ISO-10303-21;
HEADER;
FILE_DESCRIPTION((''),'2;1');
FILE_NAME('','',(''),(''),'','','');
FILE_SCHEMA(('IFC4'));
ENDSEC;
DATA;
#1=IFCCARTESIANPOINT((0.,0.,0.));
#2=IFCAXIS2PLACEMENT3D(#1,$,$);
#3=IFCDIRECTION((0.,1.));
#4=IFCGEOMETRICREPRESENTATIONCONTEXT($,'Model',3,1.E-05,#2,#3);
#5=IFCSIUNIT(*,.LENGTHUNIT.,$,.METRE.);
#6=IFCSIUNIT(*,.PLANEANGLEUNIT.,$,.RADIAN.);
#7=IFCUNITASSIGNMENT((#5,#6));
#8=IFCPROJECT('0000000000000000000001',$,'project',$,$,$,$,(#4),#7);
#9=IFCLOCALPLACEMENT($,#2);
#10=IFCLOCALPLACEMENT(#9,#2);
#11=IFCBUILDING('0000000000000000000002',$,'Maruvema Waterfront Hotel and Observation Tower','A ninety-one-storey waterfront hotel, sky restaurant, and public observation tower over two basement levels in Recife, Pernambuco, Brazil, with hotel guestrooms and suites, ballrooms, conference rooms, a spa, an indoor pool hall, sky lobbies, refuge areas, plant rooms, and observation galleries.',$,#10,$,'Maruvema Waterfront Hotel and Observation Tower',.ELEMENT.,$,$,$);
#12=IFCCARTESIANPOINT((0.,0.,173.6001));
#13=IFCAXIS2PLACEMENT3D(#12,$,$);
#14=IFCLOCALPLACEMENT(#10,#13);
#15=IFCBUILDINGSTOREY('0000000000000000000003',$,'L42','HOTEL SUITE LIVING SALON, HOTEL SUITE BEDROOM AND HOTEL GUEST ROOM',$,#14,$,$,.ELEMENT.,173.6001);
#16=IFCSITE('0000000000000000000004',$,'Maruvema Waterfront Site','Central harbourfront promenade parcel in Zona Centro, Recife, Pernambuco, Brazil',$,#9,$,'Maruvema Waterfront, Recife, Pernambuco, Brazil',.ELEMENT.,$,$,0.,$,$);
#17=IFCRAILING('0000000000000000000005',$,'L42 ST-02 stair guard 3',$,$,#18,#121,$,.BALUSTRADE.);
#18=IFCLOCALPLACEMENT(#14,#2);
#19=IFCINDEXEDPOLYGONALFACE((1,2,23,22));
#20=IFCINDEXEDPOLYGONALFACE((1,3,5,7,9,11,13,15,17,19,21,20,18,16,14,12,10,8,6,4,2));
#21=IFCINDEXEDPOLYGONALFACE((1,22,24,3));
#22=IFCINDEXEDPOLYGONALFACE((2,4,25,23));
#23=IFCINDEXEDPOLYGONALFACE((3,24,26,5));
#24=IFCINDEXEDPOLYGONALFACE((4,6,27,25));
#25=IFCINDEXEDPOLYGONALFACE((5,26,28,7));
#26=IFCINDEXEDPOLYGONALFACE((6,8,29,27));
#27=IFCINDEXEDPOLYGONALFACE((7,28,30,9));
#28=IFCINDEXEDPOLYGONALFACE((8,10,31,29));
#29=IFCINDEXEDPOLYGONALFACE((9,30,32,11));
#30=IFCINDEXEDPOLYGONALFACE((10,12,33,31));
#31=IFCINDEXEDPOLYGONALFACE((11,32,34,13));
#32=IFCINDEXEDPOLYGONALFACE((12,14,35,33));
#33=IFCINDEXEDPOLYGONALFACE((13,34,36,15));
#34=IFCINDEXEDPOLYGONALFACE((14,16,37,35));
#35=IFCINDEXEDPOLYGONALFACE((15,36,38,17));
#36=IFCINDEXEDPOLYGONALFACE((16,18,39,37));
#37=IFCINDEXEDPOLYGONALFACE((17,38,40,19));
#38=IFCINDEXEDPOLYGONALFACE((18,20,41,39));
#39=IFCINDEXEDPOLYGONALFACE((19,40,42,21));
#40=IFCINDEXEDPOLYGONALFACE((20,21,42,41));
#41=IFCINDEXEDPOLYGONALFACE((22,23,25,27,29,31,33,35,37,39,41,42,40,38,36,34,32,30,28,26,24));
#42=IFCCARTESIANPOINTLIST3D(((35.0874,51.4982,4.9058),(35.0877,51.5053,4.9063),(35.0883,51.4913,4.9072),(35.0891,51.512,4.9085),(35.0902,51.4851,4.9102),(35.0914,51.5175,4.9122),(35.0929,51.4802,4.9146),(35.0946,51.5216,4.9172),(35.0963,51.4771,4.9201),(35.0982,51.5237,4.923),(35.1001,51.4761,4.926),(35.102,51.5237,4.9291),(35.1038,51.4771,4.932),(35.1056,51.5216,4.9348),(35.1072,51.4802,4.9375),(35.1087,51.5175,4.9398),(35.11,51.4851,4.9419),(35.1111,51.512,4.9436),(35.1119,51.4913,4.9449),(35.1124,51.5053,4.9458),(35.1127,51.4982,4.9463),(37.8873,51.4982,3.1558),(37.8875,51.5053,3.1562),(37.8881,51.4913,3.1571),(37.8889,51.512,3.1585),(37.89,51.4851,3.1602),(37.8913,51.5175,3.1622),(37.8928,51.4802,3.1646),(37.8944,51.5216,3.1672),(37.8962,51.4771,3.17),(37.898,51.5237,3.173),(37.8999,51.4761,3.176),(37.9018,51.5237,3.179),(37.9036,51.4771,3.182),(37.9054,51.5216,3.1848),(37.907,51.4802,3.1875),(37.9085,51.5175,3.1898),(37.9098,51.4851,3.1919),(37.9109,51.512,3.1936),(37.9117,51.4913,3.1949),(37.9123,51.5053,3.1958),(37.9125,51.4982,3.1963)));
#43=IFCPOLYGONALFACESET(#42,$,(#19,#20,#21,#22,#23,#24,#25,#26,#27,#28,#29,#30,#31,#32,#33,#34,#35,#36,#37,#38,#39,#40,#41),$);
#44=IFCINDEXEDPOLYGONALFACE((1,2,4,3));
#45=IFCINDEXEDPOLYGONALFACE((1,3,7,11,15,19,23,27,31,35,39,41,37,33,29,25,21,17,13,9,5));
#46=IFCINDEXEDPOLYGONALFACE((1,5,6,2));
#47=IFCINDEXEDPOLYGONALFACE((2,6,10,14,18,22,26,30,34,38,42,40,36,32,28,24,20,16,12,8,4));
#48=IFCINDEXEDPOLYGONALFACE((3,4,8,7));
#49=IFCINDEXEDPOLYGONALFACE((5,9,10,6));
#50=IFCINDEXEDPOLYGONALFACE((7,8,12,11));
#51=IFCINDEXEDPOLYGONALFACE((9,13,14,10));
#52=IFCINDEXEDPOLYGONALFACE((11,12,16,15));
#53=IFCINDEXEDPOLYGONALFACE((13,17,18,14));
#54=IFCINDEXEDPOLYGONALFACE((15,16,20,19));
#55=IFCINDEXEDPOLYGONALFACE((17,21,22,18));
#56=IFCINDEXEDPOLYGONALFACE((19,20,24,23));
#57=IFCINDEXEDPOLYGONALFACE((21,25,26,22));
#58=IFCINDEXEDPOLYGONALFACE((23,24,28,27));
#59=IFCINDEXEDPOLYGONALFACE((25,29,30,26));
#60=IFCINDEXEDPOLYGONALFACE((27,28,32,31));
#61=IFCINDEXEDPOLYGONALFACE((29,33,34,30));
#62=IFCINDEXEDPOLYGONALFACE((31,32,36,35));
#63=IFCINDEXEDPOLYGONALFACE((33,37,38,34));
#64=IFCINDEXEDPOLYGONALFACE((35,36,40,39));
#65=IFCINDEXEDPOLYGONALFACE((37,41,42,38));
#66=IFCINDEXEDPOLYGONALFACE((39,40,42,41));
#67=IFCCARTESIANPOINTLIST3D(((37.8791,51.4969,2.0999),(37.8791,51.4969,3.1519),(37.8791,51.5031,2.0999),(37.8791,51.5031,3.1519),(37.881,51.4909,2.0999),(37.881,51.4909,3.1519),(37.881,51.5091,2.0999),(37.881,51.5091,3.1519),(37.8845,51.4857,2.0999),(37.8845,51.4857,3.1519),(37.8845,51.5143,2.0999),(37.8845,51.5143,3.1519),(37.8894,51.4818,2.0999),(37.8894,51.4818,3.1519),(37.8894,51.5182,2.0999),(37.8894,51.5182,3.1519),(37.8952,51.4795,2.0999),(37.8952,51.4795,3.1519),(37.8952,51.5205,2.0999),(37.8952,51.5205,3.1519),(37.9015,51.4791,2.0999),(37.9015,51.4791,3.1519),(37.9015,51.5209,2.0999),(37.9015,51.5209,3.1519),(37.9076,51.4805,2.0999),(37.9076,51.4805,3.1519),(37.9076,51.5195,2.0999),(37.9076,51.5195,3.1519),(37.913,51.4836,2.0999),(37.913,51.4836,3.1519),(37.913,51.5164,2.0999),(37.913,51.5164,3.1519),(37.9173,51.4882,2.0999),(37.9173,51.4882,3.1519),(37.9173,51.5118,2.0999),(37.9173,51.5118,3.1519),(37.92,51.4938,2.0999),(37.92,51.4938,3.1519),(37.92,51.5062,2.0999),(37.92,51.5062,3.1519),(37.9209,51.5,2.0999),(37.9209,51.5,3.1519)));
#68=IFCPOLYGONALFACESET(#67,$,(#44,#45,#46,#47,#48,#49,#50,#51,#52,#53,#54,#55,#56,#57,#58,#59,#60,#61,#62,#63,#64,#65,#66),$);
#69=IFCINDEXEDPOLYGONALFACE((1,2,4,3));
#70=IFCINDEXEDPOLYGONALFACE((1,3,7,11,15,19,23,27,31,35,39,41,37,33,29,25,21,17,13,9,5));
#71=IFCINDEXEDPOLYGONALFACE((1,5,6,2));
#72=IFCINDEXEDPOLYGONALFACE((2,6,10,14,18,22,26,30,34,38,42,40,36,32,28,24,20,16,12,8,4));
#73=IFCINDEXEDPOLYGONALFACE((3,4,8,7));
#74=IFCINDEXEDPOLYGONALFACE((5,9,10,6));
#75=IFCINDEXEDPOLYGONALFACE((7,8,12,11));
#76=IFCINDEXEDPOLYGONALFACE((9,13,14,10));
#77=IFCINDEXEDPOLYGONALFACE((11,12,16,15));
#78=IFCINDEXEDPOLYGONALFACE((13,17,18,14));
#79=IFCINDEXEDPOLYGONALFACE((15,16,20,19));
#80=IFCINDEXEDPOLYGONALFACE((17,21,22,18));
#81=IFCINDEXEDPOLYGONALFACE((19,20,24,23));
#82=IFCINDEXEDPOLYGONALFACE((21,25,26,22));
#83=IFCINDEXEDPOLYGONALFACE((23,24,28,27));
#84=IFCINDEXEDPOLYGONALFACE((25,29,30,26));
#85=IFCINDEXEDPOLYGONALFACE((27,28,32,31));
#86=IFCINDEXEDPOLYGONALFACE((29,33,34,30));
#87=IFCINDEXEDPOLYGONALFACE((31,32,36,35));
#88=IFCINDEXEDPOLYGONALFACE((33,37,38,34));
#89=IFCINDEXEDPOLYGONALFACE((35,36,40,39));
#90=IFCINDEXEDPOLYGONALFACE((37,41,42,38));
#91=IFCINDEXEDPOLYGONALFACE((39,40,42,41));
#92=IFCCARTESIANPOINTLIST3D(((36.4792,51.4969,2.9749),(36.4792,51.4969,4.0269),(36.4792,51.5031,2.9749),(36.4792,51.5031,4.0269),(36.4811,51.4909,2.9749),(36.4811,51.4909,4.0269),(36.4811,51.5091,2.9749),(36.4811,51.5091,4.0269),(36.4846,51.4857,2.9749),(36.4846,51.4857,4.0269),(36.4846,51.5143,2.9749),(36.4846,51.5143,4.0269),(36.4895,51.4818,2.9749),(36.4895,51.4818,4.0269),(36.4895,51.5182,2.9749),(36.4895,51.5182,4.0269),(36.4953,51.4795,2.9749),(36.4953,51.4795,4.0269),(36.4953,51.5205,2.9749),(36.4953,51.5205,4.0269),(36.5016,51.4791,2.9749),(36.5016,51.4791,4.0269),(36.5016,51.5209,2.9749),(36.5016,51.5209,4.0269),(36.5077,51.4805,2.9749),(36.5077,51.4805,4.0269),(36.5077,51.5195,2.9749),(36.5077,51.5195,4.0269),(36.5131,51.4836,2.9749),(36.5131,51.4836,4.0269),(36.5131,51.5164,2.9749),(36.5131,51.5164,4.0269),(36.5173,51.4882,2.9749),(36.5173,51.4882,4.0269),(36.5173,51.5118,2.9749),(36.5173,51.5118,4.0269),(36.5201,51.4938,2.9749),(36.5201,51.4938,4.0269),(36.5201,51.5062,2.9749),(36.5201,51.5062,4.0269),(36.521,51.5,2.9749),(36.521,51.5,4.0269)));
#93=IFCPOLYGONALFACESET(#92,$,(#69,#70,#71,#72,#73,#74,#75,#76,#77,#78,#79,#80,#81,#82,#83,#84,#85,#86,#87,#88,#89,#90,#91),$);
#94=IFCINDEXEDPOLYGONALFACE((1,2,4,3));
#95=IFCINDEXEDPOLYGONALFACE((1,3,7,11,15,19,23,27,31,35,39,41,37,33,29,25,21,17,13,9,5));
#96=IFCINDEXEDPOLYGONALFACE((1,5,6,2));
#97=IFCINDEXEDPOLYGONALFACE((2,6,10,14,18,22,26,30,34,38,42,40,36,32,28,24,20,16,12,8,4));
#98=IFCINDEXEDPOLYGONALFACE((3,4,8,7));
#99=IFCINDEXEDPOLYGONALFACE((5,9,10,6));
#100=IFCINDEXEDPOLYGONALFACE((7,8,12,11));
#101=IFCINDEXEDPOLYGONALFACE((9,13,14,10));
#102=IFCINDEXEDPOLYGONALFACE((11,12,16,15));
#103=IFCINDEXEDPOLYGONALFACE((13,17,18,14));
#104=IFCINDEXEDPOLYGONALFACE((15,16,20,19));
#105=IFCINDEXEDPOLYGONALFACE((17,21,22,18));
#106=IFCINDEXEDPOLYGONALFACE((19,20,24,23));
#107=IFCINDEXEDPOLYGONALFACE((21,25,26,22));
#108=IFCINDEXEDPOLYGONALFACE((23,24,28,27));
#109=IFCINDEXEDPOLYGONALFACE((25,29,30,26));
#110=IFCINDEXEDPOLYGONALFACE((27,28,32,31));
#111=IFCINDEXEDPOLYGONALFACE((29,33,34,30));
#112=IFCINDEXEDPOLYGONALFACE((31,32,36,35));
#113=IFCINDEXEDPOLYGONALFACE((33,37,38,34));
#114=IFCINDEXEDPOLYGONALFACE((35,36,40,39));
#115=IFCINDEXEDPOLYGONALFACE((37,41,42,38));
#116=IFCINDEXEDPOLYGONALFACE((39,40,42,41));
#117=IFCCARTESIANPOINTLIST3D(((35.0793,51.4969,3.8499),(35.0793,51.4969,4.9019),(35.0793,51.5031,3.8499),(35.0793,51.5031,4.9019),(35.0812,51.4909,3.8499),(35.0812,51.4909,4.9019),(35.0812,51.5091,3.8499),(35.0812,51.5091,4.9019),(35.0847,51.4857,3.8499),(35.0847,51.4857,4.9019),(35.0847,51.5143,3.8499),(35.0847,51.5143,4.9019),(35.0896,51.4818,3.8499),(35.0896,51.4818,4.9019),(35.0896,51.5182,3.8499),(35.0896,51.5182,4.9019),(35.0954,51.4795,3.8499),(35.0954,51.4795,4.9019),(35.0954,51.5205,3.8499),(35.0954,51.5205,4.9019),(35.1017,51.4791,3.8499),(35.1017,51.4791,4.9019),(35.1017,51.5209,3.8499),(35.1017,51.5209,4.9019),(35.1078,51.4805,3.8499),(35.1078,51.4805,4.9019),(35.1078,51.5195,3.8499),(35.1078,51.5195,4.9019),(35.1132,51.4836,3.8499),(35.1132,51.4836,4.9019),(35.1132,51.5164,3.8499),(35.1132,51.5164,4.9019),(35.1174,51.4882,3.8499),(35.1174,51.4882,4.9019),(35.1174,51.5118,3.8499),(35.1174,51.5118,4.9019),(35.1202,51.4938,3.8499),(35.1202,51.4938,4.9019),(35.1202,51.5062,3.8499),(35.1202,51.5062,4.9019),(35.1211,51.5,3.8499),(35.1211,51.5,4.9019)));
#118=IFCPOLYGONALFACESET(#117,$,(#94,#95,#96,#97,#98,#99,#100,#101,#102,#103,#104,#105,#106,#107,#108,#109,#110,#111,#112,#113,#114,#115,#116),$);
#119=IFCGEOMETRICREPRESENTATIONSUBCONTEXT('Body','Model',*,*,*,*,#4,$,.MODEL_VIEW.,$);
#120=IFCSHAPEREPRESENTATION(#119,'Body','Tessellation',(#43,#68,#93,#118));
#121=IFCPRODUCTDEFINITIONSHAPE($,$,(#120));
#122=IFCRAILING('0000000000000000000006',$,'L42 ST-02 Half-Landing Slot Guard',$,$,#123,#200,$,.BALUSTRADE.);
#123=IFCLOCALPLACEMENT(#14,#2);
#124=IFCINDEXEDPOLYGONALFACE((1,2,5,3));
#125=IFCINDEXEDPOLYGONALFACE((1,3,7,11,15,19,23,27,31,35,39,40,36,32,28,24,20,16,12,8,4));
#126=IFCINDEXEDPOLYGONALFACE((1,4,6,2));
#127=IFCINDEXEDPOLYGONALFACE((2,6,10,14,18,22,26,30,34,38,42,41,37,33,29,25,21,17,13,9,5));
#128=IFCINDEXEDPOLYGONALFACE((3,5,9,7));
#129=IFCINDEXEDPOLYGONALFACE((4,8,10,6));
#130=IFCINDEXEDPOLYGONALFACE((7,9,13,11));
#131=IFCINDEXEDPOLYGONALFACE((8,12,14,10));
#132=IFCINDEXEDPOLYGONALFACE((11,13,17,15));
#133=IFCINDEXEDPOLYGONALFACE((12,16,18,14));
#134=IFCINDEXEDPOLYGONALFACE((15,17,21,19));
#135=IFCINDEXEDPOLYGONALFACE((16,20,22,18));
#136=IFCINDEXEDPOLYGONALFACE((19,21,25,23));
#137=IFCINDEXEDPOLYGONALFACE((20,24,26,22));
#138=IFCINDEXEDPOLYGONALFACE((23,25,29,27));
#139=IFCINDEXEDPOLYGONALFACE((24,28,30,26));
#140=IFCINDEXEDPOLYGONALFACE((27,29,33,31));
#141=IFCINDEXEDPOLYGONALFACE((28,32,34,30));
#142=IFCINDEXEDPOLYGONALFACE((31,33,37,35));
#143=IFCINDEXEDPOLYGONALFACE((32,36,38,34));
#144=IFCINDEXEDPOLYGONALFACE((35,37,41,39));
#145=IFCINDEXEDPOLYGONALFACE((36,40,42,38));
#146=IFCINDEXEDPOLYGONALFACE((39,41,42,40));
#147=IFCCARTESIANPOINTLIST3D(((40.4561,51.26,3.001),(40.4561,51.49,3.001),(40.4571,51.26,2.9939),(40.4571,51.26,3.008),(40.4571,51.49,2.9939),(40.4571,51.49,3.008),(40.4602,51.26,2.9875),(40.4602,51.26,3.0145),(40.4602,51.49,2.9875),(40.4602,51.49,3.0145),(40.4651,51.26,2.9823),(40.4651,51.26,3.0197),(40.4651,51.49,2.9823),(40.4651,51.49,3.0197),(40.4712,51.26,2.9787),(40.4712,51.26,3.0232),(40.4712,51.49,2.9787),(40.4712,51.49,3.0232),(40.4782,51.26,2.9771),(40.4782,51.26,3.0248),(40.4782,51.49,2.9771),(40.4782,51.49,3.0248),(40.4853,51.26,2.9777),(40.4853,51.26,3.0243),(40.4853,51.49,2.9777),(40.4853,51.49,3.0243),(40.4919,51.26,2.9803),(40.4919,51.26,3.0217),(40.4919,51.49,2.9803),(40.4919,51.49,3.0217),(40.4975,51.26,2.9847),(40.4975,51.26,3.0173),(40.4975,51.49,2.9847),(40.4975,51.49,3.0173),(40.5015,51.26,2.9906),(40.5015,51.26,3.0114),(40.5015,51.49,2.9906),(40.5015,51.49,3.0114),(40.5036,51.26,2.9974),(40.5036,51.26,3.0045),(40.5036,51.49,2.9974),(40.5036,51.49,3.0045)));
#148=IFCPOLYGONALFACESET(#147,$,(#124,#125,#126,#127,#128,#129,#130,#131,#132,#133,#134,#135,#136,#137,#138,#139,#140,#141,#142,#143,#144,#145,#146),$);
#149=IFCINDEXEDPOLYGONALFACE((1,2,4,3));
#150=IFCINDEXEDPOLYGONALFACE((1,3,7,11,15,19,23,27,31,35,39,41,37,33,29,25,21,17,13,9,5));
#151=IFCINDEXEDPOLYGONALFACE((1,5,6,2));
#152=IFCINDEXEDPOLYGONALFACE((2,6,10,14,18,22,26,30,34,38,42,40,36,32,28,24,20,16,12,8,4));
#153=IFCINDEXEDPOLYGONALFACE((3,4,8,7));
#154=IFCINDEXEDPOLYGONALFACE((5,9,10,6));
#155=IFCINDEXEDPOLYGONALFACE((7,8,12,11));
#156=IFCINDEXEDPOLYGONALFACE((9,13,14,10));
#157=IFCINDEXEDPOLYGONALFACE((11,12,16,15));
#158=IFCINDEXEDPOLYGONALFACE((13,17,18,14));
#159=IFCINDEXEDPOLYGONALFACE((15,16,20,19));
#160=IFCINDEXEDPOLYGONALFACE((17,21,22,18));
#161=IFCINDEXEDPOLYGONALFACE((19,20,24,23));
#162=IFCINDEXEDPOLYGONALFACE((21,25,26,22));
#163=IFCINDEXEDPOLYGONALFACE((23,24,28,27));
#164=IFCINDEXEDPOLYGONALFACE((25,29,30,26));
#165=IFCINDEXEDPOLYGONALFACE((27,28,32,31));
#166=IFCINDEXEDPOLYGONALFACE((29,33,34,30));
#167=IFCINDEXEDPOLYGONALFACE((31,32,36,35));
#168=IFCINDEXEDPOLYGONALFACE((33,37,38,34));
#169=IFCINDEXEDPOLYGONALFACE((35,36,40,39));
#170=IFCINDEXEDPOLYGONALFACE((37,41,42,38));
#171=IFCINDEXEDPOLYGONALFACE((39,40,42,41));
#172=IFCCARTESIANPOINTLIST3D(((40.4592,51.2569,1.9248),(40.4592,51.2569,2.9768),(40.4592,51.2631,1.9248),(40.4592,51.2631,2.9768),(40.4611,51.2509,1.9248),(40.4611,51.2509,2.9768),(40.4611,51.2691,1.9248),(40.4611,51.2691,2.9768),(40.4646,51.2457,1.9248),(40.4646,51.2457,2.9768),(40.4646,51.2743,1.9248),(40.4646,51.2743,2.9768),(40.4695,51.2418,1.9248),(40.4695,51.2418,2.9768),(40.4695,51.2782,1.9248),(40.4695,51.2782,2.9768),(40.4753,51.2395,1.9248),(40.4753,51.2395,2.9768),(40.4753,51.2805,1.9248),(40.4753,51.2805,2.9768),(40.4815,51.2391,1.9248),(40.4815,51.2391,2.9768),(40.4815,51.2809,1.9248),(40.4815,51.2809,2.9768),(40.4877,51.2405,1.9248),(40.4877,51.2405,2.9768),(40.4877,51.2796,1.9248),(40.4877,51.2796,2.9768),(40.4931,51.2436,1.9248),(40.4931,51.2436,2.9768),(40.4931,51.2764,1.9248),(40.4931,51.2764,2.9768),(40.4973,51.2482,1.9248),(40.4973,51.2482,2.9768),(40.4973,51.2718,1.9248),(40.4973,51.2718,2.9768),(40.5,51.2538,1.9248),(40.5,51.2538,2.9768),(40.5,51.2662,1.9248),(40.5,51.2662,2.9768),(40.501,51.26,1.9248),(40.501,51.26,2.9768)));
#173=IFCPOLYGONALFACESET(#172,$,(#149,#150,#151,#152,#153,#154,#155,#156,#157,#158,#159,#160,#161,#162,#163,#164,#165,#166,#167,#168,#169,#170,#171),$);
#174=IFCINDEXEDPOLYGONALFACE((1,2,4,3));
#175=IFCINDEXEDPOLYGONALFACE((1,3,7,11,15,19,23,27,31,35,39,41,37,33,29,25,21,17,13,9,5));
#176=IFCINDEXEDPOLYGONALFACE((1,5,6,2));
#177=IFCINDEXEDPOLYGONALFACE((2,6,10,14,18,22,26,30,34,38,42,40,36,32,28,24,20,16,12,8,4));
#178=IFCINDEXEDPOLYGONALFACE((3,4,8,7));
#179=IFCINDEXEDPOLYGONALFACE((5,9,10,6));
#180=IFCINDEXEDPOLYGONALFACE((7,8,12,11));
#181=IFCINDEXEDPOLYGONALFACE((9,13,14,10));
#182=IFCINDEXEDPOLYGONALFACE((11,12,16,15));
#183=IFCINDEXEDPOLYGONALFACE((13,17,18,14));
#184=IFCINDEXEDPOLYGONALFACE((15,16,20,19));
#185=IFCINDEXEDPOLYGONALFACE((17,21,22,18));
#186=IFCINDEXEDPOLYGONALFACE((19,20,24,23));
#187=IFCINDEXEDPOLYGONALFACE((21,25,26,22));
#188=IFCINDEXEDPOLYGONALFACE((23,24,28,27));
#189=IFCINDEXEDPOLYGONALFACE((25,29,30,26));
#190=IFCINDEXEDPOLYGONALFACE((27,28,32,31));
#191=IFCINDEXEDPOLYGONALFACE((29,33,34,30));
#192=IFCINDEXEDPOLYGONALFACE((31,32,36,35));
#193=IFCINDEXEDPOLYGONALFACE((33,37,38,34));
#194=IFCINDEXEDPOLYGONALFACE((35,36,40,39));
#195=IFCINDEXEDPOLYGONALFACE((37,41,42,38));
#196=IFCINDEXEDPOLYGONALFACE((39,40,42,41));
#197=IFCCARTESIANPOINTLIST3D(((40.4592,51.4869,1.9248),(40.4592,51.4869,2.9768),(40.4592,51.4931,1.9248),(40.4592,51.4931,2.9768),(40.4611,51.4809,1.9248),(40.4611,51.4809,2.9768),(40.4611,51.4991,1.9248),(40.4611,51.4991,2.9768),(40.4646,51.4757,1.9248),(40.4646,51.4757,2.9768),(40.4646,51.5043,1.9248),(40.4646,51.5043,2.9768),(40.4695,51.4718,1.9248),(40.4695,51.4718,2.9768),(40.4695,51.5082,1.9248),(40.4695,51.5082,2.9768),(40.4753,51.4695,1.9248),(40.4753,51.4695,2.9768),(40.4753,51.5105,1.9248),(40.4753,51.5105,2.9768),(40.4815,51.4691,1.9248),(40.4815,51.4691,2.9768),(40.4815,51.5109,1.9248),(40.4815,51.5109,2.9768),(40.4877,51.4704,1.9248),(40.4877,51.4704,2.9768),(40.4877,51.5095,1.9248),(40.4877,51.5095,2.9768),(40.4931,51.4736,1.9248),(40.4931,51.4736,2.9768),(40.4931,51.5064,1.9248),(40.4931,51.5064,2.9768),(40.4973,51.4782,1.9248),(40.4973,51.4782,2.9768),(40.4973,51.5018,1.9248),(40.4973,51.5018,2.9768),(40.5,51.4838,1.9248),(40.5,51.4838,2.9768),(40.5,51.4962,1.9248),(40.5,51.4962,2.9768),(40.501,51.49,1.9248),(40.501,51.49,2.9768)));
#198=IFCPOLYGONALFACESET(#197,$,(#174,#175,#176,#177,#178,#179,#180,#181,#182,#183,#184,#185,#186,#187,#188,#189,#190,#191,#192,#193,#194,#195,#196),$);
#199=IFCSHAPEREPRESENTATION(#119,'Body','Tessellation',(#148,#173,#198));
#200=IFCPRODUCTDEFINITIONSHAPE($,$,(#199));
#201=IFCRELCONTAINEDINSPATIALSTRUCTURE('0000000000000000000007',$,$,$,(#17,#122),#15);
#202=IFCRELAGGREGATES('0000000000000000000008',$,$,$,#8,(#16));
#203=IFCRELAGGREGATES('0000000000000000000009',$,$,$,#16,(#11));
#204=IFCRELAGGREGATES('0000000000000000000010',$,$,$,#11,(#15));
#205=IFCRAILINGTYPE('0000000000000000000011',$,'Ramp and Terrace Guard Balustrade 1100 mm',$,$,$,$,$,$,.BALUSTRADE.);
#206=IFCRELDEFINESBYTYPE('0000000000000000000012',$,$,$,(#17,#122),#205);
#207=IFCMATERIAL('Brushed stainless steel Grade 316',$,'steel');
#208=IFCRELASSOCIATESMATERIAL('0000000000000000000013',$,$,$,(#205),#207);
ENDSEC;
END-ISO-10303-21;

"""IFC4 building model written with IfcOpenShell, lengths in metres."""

from ifc_helpers import new_model, si_unit, direction, frame, origin, origin_2d, place, context, subcontext, project, spatial, circle, extrude, material, type_object, element, save


model = new_model("IFC4")

# Units and contexts
model_context = context("Model", 3, precision=1e-05, world=origin(), true_north=direction((0.0, 1.0)))
body_context = subcontext(model_context, "Body", "Model", "MODEL_VIEW")
ifc_project = project(units=[si_unit("LENGTHUNIT", "METRE"), si_unit("PLANEANGLEUNIT", "RADIAN")], contexts=[model_context])

# Site, building, storey
site_placement = place(None, origin())
site = spatial("IfcSite", under=ifc_project, at=site_placement, Name="Maruvema Waterfront Site", Description="Central harbourfront promenade parcel in Zona Centro, Recife, Pernambuco, Brazil", LongName="Maruvema Waterfront, Recife, Pernambuco, Brazil", CompositionType="ELEMENT", RefElevation=0.0)
building_placement = place(site_placement, origin())
building = spatial("IfcBuilding", under=site, at=building_placement, Name="Maruvema Waterfront Hotel and Observation Tower", Description="A ninety-one-storey waterfront hotel, sky restaurant, and public observation tower over two basement levels in Recife, Pernambuco, Brazil, with hotel guestrooms and suites, ballrooms, conference rooms, a spa, an indoor pool hall, sky lobbies, refuge areas, plant rooms, and observation galleries.", LongName="Maruvema Waterfront Hotel and Observation Tower", CompositionType="ELEMENT")
storey_placement = place(building_placement, frame((0.0, 0.0, 173.6001)))
storey = spatial("IfcBuildingStorey", under=building, at=storey_placement, Name="L42", Description="HOTEL SUITE LIVING SALON, HOTEL SUITE BEDROOM AND HOTEL GUEST ROOM", CompositionType="ELEMENT", Elevation=173.6001)

# Railings
ifc_material_1 = material(Name="Brushed stainless steel Grade 316", Category="steel")
railing_type_1 = type_object("IfcRailingType", Name="Ramp and Terrace Guard Balustrade 1100 mm", PredefinedType="BALUSTRADE", material=ifc_material_1)
railing_1_placement = place(storey_placement, frame((37.8999, 51.5, 2.0999)))
element("IfcRailing", 1, at=railing_1_placement, inside=storey, type_object=railing_type_1, Name="L42 ST-02 stair guard 3", PredefinedType="BALUSTRADE", context=body_context, shape_type="SweptSolid", body=[
    extrude(circle(Radius=0.0239, at=origin_2d()), frame((0.0, 0.0, 1.0762), z_axis=(-0.847982, 0.0, 0.530026), x_axis=(0.0, -1.0, 0.0)), (0.0, 0.0, 1.0), 3.3018),
    extrude(circle(Radius=0.021, at=origin_2d()), origin(), (0.0, 0.0, 1.0), 1.052),
    extrude(circle(Radius=0.021, at=origin_2d()), frame((-1.3999, 0.0, 0.875)), (0.0, 0.0, 1.0), 1.052),
    extrude(circle(Radius=0.021, at=origin_2d()), frame((-2.7998, 0.0, 1.75)), (0.0, 0.0, 1.0), 1.052),
])
railing_2_placement = place(storey_placement, frame((40.48, 51.26, 1.9248)))
element("IfcRailing", 2, at=railing_2_placement, inside=storey, type_object=railing_type_1, Name="L42 ST-02 Half-Landing Slot Guard", PredefinedType="BALUSTRADE", context=body_context, shape_type="SweptSolid", body=[
    extrude(circle(Radius=0.0239, at=origin_2d()), frame((0.0, 0.0, 1.0762), z_axis=(0.0, 1.0, 0.0), x_axis=(-1.0, 0.0, 0.0)), (0.0, 0.0, 1.0), 0.23),
    extrude(circle(Radius=0.021, at=origin_2d()), origin(), (0.0, 0.0, 1.0), 1.052),
    extrude(circle(Radius=0.021, at=origin_2d()), frame((0.0, 0.23, 0.0)), (0.0, 0.0, 1.0), 1.052),
])

save(model, "model.ifc")
